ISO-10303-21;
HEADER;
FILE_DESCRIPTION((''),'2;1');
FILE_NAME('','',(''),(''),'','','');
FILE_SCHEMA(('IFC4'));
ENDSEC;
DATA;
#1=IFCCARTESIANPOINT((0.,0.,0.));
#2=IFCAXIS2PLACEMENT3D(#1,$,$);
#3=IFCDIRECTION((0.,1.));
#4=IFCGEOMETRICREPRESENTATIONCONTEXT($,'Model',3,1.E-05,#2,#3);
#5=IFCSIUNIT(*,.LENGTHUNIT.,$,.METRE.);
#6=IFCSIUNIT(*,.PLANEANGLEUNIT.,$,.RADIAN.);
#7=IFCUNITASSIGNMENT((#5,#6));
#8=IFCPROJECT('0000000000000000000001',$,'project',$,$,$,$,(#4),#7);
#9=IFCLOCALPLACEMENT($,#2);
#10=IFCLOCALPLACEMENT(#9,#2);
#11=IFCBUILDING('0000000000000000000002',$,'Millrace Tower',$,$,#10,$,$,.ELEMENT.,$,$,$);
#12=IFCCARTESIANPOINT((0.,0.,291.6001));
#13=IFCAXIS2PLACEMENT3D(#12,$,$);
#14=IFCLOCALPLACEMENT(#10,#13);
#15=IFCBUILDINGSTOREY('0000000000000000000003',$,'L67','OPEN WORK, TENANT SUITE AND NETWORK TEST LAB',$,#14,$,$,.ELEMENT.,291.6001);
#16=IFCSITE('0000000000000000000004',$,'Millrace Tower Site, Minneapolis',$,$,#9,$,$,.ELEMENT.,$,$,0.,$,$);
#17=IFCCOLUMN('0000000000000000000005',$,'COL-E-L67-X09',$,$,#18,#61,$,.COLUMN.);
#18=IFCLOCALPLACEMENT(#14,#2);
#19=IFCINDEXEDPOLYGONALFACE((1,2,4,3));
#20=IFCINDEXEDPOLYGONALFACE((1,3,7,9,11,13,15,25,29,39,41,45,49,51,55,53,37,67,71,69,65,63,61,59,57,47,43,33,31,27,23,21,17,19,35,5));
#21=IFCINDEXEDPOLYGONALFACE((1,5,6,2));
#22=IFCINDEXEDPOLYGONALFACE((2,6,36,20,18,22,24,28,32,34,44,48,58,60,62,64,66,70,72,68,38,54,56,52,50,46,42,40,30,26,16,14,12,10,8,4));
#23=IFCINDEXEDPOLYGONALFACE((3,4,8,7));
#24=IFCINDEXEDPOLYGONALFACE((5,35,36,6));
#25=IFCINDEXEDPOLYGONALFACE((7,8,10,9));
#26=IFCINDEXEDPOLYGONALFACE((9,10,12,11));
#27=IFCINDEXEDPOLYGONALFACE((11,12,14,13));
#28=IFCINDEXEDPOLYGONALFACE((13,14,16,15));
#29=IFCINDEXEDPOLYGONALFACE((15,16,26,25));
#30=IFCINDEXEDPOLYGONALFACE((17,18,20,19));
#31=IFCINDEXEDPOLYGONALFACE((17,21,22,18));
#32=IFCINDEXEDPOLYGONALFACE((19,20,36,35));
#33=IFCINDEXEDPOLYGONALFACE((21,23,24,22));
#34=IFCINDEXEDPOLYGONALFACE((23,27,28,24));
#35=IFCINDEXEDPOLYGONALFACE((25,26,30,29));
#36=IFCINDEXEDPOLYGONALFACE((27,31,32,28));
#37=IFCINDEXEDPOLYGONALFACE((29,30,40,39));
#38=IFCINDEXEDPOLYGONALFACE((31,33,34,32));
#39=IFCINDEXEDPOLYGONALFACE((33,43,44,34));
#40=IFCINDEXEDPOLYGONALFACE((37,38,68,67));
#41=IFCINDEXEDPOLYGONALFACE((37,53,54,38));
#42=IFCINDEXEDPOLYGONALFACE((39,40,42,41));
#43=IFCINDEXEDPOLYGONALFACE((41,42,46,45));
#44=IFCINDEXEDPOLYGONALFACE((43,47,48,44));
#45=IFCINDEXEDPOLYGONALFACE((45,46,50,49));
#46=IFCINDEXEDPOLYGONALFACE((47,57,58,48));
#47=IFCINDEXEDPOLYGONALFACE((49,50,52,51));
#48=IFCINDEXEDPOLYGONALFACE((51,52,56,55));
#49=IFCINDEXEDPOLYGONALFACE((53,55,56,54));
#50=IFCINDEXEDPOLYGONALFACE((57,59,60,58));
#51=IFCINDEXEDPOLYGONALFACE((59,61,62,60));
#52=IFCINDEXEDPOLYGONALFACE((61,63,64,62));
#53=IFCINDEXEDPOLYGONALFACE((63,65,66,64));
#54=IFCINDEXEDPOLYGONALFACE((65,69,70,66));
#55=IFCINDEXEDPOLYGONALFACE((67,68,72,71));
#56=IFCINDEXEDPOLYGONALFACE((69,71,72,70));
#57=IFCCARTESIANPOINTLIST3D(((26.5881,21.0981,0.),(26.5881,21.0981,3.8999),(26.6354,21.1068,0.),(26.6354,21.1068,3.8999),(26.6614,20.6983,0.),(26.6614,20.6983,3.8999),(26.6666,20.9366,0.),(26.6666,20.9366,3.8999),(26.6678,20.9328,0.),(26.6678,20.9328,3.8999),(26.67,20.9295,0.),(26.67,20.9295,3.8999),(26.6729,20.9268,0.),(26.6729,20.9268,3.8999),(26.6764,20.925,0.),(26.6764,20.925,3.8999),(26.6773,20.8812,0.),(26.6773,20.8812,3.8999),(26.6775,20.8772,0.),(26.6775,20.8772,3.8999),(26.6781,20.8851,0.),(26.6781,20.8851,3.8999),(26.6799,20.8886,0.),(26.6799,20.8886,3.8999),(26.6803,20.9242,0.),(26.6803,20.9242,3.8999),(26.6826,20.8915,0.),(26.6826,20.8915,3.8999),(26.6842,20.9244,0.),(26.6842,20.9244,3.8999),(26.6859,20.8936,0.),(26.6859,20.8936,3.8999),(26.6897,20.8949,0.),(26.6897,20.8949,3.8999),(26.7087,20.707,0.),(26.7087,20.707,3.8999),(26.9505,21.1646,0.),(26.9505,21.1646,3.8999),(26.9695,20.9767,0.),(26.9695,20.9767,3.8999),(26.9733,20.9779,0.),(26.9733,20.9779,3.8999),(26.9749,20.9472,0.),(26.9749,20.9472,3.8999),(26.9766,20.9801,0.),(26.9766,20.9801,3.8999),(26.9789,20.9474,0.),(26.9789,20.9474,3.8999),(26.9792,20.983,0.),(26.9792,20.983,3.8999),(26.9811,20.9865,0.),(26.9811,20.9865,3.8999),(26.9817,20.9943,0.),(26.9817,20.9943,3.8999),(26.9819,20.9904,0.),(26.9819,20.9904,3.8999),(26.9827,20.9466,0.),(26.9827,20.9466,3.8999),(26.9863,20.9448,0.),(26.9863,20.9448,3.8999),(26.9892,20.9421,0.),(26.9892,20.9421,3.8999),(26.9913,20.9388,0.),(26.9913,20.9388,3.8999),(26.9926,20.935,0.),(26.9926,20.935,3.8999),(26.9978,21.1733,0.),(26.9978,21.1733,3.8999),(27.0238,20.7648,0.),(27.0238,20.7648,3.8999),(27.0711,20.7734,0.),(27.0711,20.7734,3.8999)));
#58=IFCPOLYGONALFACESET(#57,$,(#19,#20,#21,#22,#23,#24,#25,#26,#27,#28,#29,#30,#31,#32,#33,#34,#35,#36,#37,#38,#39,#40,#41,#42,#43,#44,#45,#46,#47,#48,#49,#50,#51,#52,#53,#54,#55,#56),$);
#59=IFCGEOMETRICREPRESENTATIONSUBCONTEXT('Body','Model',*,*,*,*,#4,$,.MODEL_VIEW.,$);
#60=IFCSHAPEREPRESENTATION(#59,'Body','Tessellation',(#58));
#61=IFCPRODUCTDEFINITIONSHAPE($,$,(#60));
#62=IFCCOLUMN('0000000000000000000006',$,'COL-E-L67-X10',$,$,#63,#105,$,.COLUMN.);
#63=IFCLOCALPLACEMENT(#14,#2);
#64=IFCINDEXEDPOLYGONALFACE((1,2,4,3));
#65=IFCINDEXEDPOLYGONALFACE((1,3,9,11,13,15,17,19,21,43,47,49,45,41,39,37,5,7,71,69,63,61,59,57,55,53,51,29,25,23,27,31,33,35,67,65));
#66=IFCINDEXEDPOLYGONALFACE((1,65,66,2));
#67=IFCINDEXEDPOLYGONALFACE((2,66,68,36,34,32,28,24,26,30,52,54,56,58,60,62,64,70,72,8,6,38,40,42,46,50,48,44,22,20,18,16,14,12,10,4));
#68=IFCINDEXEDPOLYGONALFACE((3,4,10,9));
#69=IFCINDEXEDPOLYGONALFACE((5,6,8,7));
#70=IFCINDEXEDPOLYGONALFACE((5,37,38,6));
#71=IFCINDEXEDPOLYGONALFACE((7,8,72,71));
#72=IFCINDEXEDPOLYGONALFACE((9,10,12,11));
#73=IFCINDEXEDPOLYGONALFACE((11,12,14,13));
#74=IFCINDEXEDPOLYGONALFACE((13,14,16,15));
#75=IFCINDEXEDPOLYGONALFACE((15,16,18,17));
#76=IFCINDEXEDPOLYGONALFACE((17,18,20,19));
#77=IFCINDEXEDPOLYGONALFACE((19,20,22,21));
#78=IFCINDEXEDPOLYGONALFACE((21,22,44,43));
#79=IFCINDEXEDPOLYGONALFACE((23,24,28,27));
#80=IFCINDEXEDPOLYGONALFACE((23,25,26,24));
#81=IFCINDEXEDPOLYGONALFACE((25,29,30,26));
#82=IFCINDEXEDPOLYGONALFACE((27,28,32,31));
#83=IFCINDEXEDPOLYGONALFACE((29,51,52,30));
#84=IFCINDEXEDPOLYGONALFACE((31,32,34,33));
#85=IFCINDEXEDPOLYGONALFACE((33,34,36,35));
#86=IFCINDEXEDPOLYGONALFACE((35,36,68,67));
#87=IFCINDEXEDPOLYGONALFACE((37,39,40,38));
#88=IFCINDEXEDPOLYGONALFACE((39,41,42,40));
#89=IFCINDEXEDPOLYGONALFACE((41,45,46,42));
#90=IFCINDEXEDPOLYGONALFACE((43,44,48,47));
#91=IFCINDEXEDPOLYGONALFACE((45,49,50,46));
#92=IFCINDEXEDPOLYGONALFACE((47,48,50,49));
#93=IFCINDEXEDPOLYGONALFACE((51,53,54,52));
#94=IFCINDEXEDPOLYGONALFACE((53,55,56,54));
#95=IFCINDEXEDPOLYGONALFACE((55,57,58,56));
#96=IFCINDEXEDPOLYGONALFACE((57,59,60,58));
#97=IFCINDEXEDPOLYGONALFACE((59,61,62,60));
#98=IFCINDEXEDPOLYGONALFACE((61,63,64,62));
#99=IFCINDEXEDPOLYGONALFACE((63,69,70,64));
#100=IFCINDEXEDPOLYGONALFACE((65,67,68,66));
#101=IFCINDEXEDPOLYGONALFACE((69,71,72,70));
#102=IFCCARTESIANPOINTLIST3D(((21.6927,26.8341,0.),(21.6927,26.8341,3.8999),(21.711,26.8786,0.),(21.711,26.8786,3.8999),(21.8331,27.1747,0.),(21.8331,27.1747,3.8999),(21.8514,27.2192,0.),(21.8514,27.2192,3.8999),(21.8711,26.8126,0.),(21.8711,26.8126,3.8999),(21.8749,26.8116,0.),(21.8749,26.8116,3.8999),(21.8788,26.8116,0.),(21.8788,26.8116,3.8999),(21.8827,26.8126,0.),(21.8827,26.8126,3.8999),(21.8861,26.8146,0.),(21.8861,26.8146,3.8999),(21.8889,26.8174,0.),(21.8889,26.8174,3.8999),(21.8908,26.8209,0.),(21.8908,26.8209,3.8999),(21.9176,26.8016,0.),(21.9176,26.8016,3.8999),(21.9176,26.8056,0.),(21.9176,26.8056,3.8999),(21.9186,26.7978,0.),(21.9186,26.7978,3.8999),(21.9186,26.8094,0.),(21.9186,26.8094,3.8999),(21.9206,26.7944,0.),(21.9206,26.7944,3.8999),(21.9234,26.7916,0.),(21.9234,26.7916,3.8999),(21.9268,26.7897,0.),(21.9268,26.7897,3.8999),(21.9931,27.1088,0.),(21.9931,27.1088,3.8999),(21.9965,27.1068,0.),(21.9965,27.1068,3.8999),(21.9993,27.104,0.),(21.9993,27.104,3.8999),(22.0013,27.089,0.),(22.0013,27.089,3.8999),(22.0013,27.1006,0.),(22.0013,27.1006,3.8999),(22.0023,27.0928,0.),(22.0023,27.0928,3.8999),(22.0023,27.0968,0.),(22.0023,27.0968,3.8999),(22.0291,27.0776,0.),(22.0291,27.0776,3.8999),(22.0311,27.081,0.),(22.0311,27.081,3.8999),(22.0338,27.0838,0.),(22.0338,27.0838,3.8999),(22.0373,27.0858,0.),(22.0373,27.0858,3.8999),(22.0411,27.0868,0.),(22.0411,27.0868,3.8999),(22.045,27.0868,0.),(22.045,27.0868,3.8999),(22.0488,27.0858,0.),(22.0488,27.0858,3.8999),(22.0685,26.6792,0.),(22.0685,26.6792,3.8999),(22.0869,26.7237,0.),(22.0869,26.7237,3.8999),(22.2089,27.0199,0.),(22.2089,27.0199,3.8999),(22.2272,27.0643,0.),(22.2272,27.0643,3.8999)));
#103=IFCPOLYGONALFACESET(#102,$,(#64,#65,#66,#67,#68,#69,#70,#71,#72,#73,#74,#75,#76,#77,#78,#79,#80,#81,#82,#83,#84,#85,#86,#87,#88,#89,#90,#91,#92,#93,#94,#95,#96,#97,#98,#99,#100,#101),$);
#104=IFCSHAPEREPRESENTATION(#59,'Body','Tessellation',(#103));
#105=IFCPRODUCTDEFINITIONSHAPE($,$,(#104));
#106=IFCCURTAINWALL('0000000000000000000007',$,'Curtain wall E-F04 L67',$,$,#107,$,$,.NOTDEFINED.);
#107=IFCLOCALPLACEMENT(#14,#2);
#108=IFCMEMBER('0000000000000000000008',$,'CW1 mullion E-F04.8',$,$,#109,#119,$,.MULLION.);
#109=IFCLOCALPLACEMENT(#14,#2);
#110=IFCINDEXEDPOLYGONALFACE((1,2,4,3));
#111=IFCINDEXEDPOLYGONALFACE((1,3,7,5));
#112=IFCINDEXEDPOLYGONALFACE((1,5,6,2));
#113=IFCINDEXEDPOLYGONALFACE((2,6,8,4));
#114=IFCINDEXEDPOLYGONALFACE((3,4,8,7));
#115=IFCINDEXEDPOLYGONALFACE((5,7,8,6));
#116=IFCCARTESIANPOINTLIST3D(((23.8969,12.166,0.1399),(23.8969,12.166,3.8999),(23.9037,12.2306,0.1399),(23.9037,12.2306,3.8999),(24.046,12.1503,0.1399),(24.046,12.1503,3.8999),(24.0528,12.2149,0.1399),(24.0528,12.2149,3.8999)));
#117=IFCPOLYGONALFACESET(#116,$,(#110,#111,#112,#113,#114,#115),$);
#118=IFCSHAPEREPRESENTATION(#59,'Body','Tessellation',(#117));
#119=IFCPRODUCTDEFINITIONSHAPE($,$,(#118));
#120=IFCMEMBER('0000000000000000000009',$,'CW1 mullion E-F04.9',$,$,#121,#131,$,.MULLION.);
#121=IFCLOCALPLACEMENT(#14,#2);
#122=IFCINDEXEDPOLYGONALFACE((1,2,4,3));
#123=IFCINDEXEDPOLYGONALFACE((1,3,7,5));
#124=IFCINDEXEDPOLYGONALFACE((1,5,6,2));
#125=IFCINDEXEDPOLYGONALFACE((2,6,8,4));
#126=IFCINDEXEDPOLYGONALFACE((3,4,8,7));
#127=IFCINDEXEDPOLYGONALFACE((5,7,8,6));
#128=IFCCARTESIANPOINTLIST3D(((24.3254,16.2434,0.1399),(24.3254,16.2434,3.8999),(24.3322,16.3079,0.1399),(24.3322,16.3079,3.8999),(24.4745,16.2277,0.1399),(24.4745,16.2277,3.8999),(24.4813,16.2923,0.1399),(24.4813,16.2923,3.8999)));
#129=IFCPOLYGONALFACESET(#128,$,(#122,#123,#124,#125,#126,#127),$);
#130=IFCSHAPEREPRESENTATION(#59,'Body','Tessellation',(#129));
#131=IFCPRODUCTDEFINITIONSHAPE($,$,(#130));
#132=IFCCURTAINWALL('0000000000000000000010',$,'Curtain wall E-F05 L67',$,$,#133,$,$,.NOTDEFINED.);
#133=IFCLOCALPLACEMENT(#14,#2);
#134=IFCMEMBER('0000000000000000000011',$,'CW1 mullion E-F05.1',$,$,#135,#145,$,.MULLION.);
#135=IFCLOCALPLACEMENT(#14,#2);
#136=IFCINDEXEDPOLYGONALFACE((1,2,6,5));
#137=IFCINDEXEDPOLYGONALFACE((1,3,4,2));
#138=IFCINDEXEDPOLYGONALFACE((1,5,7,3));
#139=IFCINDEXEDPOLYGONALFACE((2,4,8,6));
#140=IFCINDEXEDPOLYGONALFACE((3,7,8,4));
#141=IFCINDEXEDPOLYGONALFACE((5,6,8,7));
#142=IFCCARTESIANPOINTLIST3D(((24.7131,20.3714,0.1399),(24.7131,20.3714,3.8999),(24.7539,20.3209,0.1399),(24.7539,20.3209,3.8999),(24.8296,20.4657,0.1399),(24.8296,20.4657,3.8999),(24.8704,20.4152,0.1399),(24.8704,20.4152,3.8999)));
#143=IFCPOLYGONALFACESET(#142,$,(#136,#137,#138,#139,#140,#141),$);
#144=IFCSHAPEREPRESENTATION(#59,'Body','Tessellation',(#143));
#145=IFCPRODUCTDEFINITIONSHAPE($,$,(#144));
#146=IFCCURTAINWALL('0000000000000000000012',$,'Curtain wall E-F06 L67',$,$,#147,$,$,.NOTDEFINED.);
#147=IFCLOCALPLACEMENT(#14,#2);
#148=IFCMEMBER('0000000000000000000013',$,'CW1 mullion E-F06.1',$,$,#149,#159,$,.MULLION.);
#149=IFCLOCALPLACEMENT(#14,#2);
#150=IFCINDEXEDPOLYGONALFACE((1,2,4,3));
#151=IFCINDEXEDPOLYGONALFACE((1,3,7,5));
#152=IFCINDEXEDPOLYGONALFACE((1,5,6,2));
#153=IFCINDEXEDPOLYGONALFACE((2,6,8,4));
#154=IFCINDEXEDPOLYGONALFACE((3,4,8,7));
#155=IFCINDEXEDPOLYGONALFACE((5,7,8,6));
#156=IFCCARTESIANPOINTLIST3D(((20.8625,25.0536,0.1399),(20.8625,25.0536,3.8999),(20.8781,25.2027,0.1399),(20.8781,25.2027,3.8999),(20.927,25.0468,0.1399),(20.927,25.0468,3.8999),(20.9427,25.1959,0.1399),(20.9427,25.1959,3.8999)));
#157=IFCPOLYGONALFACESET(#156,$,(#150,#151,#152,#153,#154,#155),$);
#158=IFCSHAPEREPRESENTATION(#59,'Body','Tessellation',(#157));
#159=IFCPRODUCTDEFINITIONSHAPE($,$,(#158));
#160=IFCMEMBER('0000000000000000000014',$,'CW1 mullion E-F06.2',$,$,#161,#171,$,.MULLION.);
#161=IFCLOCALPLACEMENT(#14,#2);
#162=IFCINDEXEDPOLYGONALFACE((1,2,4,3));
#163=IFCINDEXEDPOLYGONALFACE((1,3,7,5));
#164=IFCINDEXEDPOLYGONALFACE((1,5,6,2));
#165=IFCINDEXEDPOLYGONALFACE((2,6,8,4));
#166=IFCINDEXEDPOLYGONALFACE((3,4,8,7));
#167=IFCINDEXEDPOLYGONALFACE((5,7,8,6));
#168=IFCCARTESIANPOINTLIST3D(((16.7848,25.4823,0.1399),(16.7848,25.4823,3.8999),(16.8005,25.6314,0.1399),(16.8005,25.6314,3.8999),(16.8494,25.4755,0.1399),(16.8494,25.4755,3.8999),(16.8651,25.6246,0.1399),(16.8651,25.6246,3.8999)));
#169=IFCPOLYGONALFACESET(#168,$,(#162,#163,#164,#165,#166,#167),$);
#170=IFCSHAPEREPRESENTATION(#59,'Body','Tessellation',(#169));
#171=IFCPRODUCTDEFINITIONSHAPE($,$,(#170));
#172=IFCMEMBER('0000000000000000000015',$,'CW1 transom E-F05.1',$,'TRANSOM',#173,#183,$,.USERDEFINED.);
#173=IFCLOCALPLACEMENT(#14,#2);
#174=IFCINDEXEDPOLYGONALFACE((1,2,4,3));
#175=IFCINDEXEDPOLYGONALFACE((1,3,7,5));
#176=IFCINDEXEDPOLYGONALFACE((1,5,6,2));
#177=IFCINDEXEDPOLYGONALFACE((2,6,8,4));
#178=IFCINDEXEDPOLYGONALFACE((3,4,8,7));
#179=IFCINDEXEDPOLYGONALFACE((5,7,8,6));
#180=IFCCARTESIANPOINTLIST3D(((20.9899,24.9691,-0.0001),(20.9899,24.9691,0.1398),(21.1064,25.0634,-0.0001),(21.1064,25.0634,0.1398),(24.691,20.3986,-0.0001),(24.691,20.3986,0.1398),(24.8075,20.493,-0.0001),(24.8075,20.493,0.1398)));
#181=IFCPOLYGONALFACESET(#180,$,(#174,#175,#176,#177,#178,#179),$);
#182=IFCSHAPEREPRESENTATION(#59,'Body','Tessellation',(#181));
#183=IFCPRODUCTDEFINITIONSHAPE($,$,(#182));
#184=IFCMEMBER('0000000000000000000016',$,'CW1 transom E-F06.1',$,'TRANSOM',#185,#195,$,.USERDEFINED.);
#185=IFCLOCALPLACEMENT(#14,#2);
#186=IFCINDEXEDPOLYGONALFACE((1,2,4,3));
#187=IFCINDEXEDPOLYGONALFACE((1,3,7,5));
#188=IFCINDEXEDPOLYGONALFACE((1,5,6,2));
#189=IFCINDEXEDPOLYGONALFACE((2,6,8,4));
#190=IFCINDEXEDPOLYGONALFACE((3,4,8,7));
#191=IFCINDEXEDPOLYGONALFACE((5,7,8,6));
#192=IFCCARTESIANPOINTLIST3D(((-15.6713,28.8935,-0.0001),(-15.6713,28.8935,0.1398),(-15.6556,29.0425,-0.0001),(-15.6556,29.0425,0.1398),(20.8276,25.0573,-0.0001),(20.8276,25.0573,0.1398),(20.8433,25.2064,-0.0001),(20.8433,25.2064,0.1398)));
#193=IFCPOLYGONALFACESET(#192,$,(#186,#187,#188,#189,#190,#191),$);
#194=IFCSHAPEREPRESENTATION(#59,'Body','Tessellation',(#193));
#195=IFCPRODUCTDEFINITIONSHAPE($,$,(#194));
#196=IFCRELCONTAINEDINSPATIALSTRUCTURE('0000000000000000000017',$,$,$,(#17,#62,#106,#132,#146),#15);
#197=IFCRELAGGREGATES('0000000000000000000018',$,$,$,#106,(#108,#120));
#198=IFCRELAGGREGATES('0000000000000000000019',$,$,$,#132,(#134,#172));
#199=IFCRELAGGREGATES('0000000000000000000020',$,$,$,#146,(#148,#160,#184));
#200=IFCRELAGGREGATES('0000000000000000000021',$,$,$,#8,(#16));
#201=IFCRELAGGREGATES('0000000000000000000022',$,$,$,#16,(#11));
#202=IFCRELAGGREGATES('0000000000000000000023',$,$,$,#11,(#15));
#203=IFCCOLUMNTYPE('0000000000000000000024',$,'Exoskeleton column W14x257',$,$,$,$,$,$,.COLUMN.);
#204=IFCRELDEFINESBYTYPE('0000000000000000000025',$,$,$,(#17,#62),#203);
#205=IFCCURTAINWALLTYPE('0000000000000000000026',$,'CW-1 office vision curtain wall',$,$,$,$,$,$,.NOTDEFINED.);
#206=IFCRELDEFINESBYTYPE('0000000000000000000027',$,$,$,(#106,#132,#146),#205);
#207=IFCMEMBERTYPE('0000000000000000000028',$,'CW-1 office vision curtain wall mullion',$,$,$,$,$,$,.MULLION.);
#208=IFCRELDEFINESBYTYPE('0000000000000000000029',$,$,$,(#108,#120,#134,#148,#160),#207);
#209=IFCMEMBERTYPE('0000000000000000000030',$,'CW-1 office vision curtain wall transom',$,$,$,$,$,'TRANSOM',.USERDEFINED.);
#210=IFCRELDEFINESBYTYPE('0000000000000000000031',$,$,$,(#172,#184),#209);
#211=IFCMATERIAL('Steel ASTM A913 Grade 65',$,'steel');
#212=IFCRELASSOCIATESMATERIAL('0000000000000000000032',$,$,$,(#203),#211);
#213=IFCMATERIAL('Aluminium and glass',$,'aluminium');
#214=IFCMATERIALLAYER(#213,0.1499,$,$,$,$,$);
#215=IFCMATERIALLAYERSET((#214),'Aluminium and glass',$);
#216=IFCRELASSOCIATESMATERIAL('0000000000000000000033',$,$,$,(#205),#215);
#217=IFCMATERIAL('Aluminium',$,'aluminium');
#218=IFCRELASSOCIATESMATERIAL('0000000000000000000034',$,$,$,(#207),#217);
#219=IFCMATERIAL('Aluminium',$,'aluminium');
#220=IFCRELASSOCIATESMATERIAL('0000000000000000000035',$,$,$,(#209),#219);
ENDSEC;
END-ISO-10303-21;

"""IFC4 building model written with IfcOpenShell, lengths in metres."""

from ifc_helpers import new_model, si_unit, direction, frame, origin, origin_2d, place, context, subcontext, project, spatial, rectangle, i_section, extrude, material, layer, layer_set, material_profile, profile_set, type_object, element, aggregate, save


model = new_model("IFC4")

# Units and contexts
model_context = context("Model", 3, precision=1e-05, world=origin(), true_north=direction((0.0, 1.0)))
body_context = subcontext(model_context, "Body", "Model", "MODEL_VIEW")
ifc_project = project(units=[si_unit("LENGTHUNIT", "METRE"), si_unit("PLANEANGLEUNIT", "RADIAN")], contexts=[model_context])

# Site, building, storey
site_placement = place(None, origin())
site = spatial("IfcSite", under=ifc_project, at=site_placement, Name="Millrace Tower Site, Minneapolis", CompositionType="ELEMENT", RefElevation=0.0)
building_placement = place(site_placement, origin())
building = spatial("IfcBuilding", under=site, at=building_placement, Name="Millrace Tower", CompositionType="ELEMENT")
storey_placement = place(building_placement, frame((0.0, 0.0, 291.6001)))
storey = spatial("IfcBuildingStorey", under=building, at=storey_placement, Name="L67", Description="OPEN WORK, TENANT SUITE AND NETWORK TEST LAB", CompositionType="ELEMENT", Elevation=291.6001)

# Columns
ifc_material_1 = material(Name="Steel ASTM A913 Grade 65", Category="steel")
ifc_material_profile_1 = material_profile(ifc_material_1, i_section(OverallWidth=0.4065, OverallDepth=0.4165, WebThickness=0.03, FlangeThickness=0.0481, FilletRadius=0.0151, at=origin_2d()))
ifc_profile_set_1 = profile_set([ifc_material_profile_1], Name="Steel ASTM A913 Grade 65")
column_type = type_object("IfcColumnType", Name="Exoskeleton column W14x257", PredefinedType="COLUMN", material=ifc_profile_set_1)
for number, where, z_axis, x_axis, name in (
    (1, (26.8296, 20.9358, 0.0), (0.0, 0.0, 1.0), (-0.180387, 0.983596, 0.0), "COL-E-L67-X09"),
    (2, (21.96, 26.9492, 0.0), (0.0, 0.0, 1.0), (-0.924597, 0.380947, 0.0), "COL-E-L67-X10"),
):
    element("IfcColumn", number, at=place(storey_placement, frame(where, z_axis=z_axis, x_axis=x_axis)), inside=storey, type_object=column_type, Name=name, PredefinedType="COLUMN", context=body_context, shape_type="SweptSolid", body=[
        extrude(i_section(OverallWidth=0.4065, OverallDepth=0.4165, WebThickness=0.03, FlangeThickness=0.0481, FilletRadius=0.0151, at=origin_2d()), origin(), (0.0, 0.0, 1.0), 3.8999),
    ])

# Curtain wall, members
ifc_material_2 = material(Name="Aluminium and glass", Category="aluminium")
ifc_layer_1 = layer(ifc_material_2, 0.1499)
ifc_layer_set_1 = layer_set([ifc_layer_1], Name="Aluminium and glass")
curtain_wall_type = type_object("IfcCurtainWallType", Name="CW-1 office vision curtain wall", PredefinedType="NOTDEFINED", material=ifc_layer_set_1)
placement = place(storey_placement, origin())
curtain_wall_1 = element("IfcCurtainWall", 3, at=placement, inside=storey, type_object=curtain_wall_type, Name="Curtain wall E-F04 L67", PredefinedType="NOTDEFINED")
ifc_material_3 = material(Name="Aluminium", Category="aluminium")
ifc_material_profile_2 = material_profile(ifc_material_3, rectangle(XDim=0.0649, YDim=0.1499, at=origin_2d()))
ifc_profile_set_2 = profile_set([ifc_material_profile_2], Name="Aluminium")
member_type_1 = type_object("IfcMemberType", Name="CW-1 office vision curtain wall mullion", PredefinedType="MULLION", material=ifc_profile_set_2)
member_1_placement = place(storey_placement, frame((23.9749, 12.1904, 0.1399), z_axis=(0.0, 0.0, 1.0), x_axis=(0.104528, 0.994522, 0.0)))
member_1 = element("IfcMember", 4, at=member_1_placement, type_object=member_type_1, Name="CW1 mullion E-F04.8", PredefinedType="MULLION", context=body_context, shape_type="SweptSolid", body=[
    extrude(rectangle(XDim=0.0649, YDim=0.1499, at=origin_2d()), origin(), (0.0, 0.0, 1.0), 3.76),
])
member_2_placement = place(storey_placement, frame((24.4033, 16.2678, 0.1399), z_axis=(0.0, 0.0, 1.0), x_axis=(0.104528, 0.994522, 0.0)))
member_2 = element("IfcMember", 5, at=member_2_placement, type_object=member_type_1, Name="CW1 mullion E-F04.9", PredefinedType="MULLION", context=body_context, shape_type="SweptSolid", body=[
    extrude(rectangle(XDim=0.0649, YDim=0.1499, at=origin_2d()), origin(), (0.0, 0.0, 1.0), 3.76),
])
aggregate(curtain_wall_1, [member_1, member_2])

# Curtain wall, member
curtain_wall_2 = element("IfcCurtainWall", 6, at=placement, inside=storey, type_object=curtain_wall_type, Name="Curtain wall E-F05 L67", PredefinedType="NOTDEFINED")
member_3_placement = place(storey_placement, frame((24.7917, 20.3933, 0.1399), z_axis=(0.0, 0.0, 1.0), x_axis=(-0.62932, 0.777146, 0.0)))
member_3 = element("IfcMember", 7, at=member_3_placement, type_object=member_type_1, Name="CW1 mullion E-F05.1", PredefinedType="MULLION", context=body_context, shape_type="SweptSolid", body=[
    extrude(rectangle(XDim=0.0649, YDim=0.1499, at=origin_2d()), origin(), (0.0, 0.0, 1.0), 3.76),
])

# Curtain wall, members
curtain_wall_3 = element("IfcCurtainWall", 8, at=placement, inside=storey, type_object=curtain_wall_type, Name="Curtain wall E-F06 L67", PredefinedType="NOTDEFINED")
member_4_placement = place(storey_placement, frame((20.9026, 25.1248, 0.1399), z_axis=(0.0, 0.0, 1.0), x_axis=(-0.994522, 0.104528, 0.0)))
member_4 = element("IfcMember", 9, at=member_4_placement, type_object=member_type_1, Name="CW1 mullion E-F06.1", PredefinedType="MULLION", context=body_context, shape_type="SweptSolid", body=[
    extrude(rectangle(XDim=0.0649, YDim=0.1499, at=origin_2d()), origin(), (0.0, 0.0, 1.0), 3.76),
])
member_5_placement = place(storey_placement, frame((16.825, 25.5535, 0.1399), z_axis=(0.0, 0.0, 1.0), x_axis=(-0.994522, 0.104528, 0.0)))
member_5 = element("IfcMember", 10, at=member_5_placement, type_object=member_type_1, Name="CW1 mullion E-F06.2", PredefinedType="MULLION", context=body_context, shape_type="SweptSolid", body=[
    extrude(rectangle(XDim=0.0649, YDim=0.1499, at=origin_2d()), origin(), (0.0, 0.0, 1.0), 3.76),
])

# Members
ifc_material_4 = material(Name="Aluminium", Category="aluminium")
ifc_material_profile_3 = material_profile(ifc_material_4, rectangle(XDim=0.1499, YDim=0.1399, at=origin_2d()))
ifc_profile_set_3 = profile_set([ifc_material_profile_3], Name="Aluminium")
member_type_2 = type_object("IfcMemberType", Name="CW-1 office vision curtain wall transom", ElementType="TRANSOM", PredefinedType="USERDEFINED", material=ifc_profile_set_3)
member_6_placement = place(storey_placement, frame((24.7493, 20.4458, 0.0698), z_axis=(-0.629321, 0.777145, 0.0), x_axis=(-0.777145, -0.629321, 0.0)))
member_6 = element("IfcMember", 11, at=member_6_placement, type_object=member_type_2, Name="CW1 transom E-F05.1", ObjectType="TRANSOM", PredefinedType="USERDEFINED", context=body_context, shape_type="SweptSolid", body=[
    extrude(rectangle(XDim=0.1499, YDim=0.1399, at=origin_2d()), origin(), (0.0, 0.0, 1.0), 5.8811),
])
aggregate(curtain_wall_2, [member_3, member_6])
member_7_placement = place(storey_placement, frame((20.8354, 25.1318, 0.0698), z_axis=(-0.994522, 0.104528, 0.0), x_axis=(-0.104528, -0.994522, 0.0)))
member_7 = element("IfcMember", 12, at=member_7_placement, type_object=member_type_2, Name="CW1 transom E-F06.1", ObjectType="TRANSOM", PredefinedType="USERDEFINED", context=body_context, shape_type="SweptSolid", body=[
    extrude(rectangle(XDim=0.1499, YDim=0.1399, at=origin_2d()), origin(), (0.0, 0.0, 1.0), 36.7),
])
aggregate(curtain_wall_3, [member_4, member_5, member_7])

save(model, "model.ifc")
